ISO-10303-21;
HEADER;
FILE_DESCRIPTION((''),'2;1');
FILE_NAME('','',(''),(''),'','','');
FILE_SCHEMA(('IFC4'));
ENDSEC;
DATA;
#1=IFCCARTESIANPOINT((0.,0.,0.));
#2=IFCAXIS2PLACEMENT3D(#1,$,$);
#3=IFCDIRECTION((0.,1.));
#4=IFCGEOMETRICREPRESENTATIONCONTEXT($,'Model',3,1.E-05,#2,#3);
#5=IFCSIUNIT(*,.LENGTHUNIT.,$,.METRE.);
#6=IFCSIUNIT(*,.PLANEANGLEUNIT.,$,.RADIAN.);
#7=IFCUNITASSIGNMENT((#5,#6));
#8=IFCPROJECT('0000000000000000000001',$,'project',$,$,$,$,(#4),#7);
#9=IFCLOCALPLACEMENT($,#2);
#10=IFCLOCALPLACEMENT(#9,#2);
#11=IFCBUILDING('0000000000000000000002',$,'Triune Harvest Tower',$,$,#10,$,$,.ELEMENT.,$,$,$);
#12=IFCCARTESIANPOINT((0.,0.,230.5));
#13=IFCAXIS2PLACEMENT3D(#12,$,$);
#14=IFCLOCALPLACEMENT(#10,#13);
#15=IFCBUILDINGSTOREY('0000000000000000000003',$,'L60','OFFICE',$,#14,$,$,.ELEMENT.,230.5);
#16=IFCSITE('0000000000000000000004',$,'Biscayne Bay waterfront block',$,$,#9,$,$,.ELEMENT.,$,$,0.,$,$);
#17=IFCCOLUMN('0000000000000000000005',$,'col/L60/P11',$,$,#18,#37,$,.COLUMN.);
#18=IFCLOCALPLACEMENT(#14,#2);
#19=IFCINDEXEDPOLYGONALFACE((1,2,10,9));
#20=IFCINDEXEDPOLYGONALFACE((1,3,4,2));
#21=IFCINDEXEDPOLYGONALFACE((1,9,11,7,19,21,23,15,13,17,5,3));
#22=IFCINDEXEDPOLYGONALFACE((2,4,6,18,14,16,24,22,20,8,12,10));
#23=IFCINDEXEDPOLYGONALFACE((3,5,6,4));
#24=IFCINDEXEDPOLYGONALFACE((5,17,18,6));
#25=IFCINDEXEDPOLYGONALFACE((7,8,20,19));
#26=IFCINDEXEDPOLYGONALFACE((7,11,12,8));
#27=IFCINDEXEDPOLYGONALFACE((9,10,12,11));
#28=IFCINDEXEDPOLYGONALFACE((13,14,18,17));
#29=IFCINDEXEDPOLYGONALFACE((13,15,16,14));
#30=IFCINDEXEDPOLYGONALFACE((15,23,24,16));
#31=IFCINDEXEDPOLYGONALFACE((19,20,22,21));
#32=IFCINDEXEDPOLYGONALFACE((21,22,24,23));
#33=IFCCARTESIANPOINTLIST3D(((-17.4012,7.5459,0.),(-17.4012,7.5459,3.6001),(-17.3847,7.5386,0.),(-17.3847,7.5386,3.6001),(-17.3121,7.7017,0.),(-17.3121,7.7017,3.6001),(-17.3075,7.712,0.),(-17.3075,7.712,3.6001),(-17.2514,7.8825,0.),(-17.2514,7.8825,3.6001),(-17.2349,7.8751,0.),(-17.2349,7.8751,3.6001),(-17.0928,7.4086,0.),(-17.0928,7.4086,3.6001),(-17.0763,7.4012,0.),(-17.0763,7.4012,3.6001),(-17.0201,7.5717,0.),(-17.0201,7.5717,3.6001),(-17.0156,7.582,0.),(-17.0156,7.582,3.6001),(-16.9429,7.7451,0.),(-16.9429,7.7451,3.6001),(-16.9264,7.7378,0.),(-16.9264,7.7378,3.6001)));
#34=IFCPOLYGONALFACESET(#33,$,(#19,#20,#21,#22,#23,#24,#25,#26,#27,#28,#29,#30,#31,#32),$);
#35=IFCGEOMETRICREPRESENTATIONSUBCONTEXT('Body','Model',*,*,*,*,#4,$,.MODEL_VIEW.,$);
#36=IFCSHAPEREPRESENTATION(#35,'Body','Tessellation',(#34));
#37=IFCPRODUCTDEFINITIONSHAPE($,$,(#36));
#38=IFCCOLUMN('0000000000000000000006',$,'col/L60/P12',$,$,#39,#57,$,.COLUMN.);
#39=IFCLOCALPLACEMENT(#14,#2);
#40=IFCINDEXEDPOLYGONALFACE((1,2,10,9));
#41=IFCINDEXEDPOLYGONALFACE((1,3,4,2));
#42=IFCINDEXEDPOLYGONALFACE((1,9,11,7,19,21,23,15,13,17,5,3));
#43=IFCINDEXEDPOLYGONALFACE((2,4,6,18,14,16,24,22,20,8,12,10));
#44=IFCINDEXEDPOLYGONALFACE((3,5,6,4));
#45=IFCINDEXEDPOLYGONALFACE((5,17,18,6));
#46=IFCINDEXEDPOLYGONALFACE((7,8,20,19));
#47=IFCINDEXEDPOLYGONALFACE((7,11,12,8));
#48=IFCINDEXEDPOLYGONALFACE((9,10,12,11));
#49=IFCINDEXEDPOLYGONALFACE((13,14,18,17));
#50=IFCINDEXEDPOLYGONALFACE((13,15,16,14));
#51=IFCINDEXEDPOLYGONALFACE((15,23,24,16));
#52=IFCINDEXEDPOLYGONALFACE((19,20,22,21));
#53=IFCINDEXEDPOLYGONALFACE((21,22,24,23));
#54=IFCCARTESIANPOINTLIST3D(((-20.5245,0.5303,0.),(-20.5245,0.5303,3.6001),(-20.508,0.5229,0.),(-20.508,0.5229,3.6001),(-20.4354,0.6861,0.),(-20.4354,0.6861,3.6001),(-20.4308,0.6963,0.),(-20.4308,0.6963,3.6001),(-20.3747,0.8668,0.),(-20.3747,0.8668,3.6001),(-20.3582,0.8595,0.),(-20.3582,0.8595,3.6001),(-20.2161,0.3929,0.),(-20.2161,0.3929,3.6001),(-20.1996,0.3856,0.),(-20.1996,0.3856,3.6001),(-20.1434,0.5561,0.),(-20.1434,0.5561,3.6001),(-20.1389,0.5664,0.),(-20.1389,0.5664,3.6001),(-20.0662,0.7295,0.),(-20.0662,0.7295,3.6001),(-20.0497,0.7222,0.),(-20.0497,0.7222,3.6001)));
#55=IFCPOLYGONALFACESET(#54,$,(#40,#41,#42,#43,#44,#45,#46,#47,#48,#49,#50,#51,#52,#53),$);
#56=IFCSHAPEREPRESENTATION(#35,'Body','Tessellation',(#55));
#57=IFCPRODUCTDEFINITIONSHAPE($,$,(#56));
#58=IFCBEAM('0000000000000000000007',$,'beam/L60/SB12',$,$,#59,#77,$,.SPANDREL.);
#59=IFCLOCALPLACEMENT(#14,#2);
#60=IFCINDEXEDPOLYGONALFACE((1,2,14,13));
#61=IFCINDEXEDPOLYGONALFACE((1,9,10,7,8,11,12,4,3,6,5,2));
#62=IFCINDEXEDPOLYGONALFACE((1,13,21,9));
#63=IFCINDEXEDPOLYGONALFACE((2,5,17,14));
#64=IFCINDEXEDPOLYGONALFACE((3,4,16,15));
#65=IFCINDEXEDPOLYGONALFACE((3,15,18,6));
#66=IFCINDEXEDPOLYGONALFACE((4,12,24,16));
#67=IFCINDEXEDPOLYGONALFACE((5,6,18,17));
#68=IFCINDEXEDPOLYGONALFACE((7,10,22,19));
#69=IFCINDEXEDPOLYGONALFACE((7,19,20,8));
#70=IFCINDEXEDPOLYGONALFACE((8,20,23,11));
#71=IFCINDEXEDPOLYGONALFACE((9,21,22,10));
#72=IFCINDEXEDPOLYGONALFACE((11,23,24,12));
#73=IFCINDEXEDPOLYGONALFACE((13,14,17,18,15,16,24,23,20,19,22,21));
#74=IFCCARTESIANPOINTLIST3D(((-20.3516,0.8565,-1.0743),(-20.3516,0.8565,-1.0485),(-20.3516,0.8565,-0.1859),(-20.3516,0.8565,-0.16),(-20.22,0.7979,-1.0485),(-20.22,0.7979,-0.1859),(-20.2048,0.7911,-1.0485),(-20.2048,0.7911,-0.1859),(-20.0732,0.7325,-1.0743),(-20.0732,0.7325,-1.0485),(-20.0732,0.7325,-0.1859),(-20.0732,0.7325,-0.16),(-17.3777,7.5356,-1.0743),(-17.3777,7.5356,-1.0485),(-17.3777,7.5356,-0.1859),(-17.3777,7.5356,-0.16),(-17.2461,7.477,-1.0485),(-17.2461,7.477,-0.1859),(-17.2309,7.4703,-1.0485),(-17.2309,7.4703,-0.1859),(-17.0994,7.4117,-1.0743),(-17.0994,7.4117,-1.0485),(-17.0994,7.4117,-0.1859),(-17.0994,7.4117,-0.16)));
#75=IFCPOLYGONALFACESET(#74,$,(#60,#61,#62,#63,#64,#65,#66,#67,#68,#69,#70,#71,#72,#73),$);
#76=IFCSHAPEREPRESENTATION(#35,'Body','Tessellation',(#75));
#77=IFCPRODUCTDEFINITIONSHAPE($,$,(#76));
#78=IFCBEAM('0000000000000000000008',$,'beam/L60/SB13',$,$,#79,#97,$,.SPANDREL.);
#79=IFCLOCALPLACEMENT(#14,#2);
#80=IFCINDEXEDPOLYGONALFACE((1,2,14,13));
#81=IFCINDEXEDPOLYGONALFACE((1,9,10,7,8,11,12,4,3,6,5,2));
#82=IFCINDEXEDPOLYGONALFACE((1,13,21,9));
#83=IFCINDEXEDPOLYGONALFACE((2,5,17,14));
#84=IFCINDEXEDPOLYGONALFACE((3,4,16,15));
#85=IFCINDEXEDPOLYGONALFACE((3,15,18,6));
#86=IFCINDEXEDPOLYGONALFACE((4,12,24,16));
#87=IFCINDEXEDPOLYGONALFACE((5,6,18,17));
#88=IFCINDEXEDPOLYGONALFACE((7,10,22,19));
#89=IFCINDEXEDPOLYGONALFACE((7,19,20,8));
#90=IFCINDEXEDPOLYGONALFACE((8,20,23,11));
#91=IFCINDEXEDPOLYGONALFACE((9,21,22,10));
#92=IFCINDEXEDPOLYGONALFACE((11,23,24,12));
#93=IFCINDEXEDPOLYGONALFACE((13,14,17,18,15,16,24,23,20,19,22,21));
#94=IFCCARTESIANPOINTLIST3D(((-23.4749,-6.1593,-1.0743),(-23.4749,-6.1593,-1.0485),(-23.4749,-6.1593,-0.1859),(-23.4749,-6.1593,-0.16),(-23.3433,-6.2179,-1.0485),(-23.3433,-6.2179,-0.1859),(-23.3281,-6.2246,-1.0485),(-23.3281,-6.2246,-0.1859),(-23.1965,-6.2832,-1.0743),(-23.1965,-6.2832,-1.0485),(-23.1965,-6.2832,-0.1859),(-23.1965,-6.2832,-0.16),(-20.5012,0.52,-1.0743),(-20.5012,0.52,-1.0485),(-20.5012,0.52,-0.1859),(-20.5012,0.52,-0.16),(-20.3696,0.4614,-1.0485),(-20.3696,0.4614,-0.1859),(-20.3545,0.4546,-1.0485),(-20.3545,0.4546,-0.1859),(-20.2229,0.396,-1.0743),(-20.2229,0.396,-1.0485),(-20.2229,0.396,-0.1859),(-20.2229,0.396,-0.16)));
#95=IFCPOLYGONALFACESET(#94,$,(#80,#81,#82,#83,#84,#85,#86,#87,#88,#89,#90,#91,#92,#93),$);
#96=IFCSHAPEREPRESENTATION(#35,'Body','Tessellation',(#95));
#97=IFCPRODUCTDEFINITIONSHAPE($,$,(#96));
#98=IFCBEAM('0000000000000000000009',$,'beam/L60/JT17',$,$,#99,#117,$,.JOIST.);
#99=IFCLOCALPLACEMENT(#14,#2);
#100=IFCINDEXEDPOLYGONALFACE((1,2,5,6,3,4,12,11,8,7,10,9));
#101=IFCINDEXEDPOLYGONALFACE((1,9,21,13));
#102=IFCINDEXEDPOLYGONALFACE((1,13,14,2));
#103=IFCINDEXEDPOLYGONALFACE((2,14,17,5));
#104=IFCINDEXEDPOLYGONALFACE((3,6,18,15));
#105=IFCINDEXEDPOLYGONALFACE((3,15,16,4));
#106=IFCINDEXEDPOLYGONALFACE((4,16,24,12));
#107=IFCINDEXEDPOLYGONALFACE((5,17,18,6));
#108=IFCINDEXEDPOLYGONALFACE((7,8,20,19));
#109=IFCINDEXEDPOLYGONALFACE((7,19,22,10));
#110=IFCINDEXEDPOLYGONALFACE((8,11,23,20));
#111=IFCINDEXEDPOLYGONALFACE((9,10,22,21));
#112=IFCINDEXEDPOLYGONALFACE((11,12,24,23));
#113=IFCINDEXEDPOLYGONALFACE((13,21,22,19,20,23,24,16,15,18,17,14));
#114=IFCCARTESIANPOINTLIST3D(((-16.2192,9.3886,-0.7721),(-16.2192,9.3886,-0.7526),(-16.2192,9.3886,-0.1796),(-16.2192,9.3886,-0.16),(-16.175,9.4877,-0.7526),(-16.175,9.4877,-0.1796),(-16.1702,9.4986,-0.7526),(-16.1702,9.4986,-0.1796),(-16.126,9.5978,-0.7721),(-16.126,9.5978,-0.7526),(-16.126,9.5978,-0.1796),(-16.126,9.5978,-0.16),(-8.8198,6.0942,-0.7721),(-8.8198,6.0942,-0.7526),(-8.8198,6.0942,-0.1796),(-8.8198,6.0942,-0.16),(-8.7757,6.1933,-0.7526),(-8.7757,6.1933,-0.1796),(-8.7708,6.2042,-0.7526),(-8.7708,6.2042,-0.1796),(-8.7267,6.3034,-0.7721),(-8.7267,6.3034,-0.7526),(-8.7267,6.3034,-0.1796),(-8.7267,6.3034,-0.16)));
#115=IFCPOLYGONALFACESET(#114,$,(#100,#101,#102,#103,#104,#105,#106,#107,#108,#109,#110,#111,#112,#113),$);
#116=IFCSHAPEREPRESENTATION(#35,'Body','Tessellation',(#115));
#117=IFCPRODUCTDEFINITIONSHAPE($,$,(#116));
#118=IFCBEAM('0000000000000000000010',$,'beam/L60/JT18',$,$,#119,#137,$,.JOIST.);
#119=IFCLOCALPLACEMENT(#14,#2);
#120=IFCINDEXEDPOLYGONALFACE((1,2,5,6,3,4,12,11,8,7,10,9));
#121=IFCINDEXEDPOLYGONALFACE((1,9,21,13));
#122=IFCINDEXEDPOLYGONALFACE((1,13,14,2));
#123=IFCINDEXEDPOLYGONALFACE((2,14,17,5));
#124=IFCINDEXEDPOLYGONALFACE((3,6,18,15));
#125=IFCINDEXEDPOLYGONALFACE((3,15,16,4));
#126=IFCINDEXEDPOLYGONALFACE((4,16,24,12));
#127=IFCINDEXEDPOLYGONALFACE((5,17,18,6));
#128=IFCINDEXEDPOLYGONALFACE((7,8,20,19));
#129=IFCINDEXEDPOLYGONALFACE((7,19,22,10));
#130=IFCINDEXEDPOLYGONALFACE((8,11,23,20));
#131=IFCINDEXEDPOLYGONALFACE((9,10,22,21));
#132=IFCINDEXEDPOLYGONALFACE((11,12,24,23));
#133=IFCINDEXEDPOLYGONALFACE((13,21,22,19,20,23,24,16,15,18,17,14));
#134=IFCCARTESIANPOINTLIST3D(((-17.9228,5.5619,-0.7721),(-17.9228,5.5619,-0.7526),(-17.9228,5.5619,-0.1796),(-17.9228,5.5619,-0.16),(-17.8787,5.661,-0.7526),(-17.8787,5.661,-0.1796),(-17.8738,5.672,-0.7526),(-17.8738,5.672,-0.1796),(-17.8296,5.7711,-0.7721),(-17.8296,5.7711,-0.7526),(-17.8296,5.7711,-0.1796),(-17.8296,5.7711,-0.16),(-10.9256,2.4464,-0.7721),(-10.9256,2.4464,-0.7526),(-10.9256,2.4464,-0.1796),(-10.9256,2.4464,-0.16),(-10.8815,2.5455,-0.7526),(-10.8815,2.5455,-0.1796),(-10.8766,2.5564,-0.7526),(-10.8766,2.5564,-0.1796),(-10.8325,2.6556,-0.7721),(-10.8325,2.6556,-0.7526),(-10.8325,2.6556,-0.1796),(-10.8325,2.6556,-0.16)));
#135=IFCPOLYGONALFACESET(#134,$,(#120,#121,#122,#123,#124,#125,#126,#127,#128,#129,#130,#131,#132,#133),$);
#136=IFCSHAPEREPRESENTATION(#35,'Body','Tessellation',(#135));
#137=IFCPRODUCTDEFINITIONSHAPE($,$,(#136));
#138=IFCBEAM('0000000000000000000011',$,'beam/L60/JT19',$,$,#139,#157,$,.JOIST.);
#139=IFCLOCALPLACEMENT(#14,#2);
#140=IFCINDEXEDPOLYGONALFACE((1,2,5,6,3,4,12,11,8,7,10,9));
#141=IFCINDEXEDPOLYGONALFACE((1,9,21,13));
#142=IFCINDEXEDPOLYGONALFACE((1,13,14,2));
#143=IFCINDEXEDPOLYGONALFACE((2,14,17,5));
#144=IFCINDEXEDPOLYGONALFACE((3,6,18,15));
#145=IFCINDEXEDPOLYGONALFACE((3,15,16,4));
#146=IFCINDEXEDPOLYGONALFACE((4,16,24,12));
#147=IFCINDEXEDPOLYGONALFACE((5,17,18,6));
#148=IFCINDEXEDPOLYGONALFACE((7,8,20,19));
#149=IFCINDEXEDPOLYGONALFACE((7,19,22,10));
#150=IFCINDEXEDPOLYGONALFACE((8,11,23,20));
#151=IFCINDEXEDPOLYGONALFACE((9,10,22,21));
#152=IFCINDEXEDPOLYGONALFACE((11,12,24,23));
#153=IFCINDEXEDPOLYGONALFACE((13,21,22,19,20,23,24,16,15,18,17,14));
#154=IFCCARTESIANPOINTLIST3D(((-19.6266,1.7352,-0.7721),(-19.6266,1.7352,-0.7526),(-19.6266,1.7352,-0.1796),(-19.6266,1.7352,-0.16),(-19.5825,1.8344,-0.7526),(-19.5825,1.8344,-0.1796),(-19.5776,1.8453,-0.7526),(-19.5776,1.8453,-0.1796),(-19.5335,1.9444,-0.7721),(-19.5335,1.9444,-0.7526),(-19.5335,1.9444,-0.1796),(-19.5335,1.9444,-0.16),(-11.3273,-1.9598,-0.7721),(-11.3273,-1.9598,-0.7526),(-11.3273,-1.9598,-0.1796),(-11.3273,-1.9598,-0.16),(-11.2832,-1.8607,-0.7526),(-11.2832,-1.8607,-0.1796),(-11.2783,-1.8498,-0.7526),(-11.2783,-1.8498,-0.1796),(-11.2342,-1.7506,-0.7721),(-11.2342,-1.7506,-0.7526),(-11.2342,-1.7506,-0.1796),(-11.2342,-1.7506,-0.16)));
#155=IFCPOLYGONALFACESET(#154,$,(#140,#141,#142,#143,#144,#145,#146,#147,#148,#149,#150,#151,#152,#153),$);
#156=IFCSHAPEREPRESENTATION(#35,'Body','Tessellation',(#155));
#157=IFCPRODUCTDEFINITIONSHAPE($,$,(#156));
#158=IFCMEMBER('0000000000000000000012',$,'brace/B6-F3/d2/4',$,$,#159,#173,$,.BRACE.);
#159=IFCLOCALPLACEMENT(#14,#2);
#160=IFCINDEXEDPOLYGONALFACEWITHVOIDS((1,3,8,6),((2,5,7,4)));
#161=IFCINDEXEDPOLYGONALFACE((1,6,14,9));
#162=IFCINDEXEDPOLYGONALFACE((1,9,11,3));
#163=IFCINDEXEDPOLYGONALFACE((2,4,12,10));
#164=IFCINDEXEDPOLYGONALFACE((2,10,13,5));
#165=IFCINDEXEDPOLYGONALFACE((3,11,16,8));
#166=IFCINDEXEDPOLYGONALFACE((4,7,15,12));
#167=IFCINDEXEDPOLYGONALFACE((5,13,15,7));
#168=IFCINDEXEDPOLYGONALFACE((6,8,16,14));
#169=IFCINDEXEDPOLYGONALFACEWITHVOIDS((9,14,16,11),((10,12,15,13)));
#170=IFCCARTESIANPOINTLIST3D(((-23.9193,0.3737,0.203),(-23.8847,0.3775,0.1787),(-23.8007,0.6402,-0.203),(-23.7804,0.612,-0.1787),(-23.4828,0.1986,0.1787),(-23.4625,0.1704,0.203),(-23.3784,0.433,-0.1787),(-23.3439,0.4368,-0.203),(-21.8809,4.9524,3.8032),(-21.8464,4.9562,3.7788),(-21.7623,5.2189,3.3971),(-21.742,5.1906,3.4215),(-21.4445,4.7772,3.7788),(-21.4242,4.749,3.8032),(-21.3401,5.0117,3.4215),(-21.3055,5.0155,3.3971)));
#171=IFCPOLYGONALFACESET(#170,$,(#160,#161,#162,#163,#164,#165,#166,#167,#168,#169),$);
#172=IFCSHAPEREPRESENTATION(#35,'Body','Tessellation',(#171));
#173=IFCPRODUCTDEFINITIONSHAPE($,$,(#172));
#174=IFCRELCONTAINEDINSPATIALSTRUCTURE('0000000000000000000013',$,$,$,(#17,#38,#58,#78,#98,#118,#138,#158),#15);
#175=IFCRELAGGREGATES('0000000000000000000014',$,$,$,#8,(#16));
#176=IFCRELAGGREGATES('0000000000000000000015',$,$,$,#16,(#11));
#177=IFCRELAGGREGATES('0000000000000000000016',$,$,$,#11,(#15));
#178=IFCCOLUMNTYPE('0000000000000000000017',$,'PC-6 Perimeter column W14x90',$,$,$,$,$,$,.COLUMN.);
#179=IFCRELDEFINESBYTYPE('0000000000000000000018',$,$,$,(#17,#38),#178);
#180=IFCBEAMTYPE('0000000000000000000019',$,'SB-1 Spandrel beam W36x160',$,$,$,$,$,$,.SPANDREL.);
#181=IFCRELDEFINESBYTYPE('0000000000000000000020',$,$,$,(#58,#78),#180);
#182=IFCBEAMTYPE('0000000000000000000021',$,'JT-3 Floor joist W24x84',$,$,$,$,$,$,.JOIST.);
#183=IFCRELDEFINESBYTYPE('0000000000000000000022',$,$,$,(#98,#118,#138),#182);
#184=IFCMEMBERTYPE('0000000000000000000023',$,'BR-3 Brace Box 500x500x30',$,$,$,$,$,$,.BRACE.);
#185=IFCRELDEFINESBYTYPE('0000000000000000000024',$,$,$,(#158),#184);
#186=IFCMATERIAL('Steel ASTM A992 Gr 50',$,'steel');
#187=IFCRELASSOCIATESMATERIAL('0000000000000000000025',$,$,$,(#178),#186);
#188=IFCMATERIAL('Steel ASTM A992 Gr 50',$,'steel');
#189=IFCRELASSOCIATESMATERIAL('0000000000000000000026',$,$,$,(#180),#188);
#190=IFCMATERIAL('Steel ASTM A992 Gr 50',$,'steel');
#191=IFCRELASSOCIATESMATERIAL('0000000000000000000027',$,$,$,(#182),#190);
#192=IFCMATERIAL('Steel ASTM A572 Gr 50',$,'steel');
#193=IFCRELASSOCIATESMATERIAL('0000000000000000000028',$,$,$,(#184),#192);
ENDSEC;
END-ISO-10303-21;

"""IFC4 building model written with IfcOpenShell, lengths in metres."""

from ifc_helpers import new_model, si_unit, direction, frame, origin, origin_2d, place, context, subcontext, project, spatial, hollow_rectangle, i_section, extrude, source, transform, mapped, material, material_profile, profile_set, type_object, element, save


model = new_model("IFC4")

# Units and contexts
model_context = context("Model", 3, precision=1e-05, world=origin(), true_north=direction((0.0, 1.0)))
body_context = subcontext(model_context, "Body", "Model", "MODEL_VIEW")
ifc_project = project(units=[si_unit("LENGTHUNIT", "METRE"), si_unit("PLANEANGLEUNIT", "RADIAN")], contexts=[model_context])

# Site, building, storey
site_placement = place(None, origin())
site = spatial("IfcSite", under=ifc_project, at=site_placement, Name="Biscayne Bay waterfront block", CompositionType="ELEMENT", RefElevation=0.0)
building_placement = place(site_placement, origin())
building = spatial("IfcBuilding", under=site, at=building_placement, Name="Triune Harvest Tower", CompositionType="ELEMENT")
storey_placement = place(building_placement, frame((0.0, 0.0, 230.5)))
storey = spatial("IfcBuildingStorey", under=building, at=storey_placement, Name="L60", Description="OFFICE", CompositionType="ELEMENT", Elevation=230.5)

# Columns
ifc_material_1 = material(Name="Steel ASTM A992 Gr 50", Category="steel")
ifc_material_profile_1 = material_profile(ifc_material_1, i_section(OverallWidth=0.3684, OverallDepth=0.3557, WebThickness=0.0112, FlangeThickness=0.0181, at=origin_2d()), Name="W14x90")
ifc_profile_set_1 = profile_set([ifc_material_profile_1], Name="Steel ASTM A992 Gr 50")
column_type = type_object("IfcColumnType", Name="PC-6 Perimeter column W14x90", PredefinedType="COLUMN", material=ifc_profile_set_1)
shared_shape_1 = source(origin(), body_context, "Body", "SweptSolid", [
    extrude(i_section(OverallWidth=0.3684, OverallDepth=0.3557, WebThickness=0.0112, FlangeThickness=0.0181, at=origin_2d()), origin(), (0.0, 0.0, 1.0), 3.6001),
])
for number, where, z_axis, x_axis, name in (
    (1, (-17.1638, 7.6418, 0.0), (0.0, 0.0, 1.0), (-0.406738, -0.913545, 0.0), "col/L60/P11"),
    (2, (-20.2871, 0.6262, 0.0), (0.0, 0.0, 1.0), (-0.406738, -0.913545, 0.0), "col/L60/P12"),
):
    element("IfcColumn", number, at=place(storey_placement, frame(where, z_axis=z_axis, x_axis=x_axis)), inside=storey, type_object=column_type, Name=name, PredefinedType="COLUMN", context=body_context, shape_type="MappedRepresentation", body=[
        mapped(shared_shape_1, transform((0.0, 0.0, 0.0), scale=1.0)),
    ])

# Beams
ifc_material_2 = material(Name="Steel ASTM A992 Gr 50", Category="steel")
ifc_material_profile_2 = material_profile(ifc_material_2, i_section(OverallWidth=0.3047, OverallDepth=0.9143, WebThickness=0.0166, FlangeThickness=0.0259, at=origin_2d()), Name="W36x160")
ifc_profile_set_2 = profile_set([ifc_material_profile_2], Name="Steel ASTM A992 Gr 50")
beam_type_1 = type_object("IfcBeamType", Name="SB-1 Spandrel beam W36x160", PredefinedType="SPANDREL", material=ifc_profile_set_2)
shared_shape_2 = source(origin(), body_context, "Body", "SweptSolid", [
    extrude(i_section(OverallWidth=0.3047, OverallDepth=0.9143, WebThickness=0.0166, FlangeThickness=0.0259, at=origin_2d()), origin(), (0.0, 0.0, 1.0), 7.3113),
])
for number, where, z_axis, x_axis, name in (
    (3, (-17.2385, 7.4736, -0.6172), (-0.406749, -0.91354, 0.0), (0.91354, -0.406749, 0.0), "beam/L60/SB12"),
    (4, (-20.3621, 0.458, -0.6172), (-0.406721, -0.913552, 0.0), (0.913552, -0.406721, 0.0), "beam/L60/SB13"),
):
    element("IfcBeam", number, at=place(storey_placement, frame(where, z_axis=z_axis, x_axis=x_axis)), inside=storey, type_object=beam_type_1, Name=name, PredefinedType="SPANDREL", context=body_context, shape_type="MappedRepresentation", body=[
        mapped(shared_shape_2, transform((0.0, 0.0, 0.0), scale=1.0)),
    ])
ifc_material_3 = material(Name="Steel ASTM A992 Gr 50", Category="steel")
ifc_material_profile_3 = material_profile(ifc_material_3, i_section(OverallWidth=0.229, OverallDepth=0.6121, WebThickness=0.012, FlangeThickness=0.0195, at=origin_2d()), Name="W24x84")
ifc_profile_set_3 = profile_set([ifc_material_profile_3], Name="Steel ASTM A992 Gr 50")
beam_type_2 = type_object("IfcBeamType", Name="JT-3 Floor joist W24x84", PredefinedType="JOIST", material=ifc_profile_set_3)
shared_shape_3 = source(origin(), body_context, "Body", "SweptSolid", [
    extrude(i_section(OverallWidth=0.229, OverallDepth=0.6121, WebThickness=0.012, FlangeThickness=0.0195, at=origin_2d()), origin(), (0.0, 0.0, 1.0), 8.0996),
])
beam_1_placement = place(storey_placement, frame((-16.1726, 9.4932, -0.4661), z_axis=(0.913545, -0.406737, 0.0), x_axis=(0.406737, 0.913545, 0.0)))
element("IfcBeam", 5, at=beam_1_placement, inside=storey, type_object=beam_type_2, Name="beam/L60/JT17", PredefinedType="JOIST", context=body_context, shape_type="MappedRepresentation", body=[
    mapped(shared_shape_3, transform((0.0, 0.0, 0.0), scale=1.0)),
])
shared_shape_4 = source(origin(), body_context, "Body", "SweptSolid", [
    extrude(i_section(OverallWidth=0.229, OverallDepth=0.6121, WebThickness=0.012, FlangeThickness=0.0195, at=origin_2d()), origin(), (0.0, 0.0, 1.0), 7.6594),
])
beam_2_placement = place(storey_placement, frame((-17.8762, 5.6665, -0.4661), z_axis=(0.913537, -0.406756, 0.0), x_axis=(0.406756, 0.913537, 0.0)))
element("IfcBeam", 6, at=beam_2_placement, inside=storey, type_object=beam_type_2, Name="beam/L60/JT18", PredefinedType="JOIST", context=body_context, shape_type="MappedRepresentation", body=[
    mapped(shared_shape_4, transform((0.0, 0.0, 0.0), scale=1.0)),
])
shared_shape_5 = source(origin(), body_context, "Body", "SweptSolid", [
    extrude(i_section(OverallWidth=0.229, OverallDepth=0.6121, WebThickness=0.012, FlangeThickness=0.0195, at=origin_2d()), origin(), (0.0, 0.0, 1.0), 9.0847),
])
beam_3_placement = place(storey_placement, frame((-19.5801, 1.8398, -0.4661), z_axis=(0.913546, -0.406734, 0.0), x_axis=(0.406734, 0.913546, 0.0)))
element("IfcBeam", 7, at=beam_3_placement, inside=storey, type_object=beam_type_2, Name="beam/L60/JT19", PredefinedType="JOIST", context=body_context, shape_type="MappedRepresentation", body=[
    mapped(shared_shape_5, transform((0.0, 0.0, 0.0), scale=1.0)),
])

# Member
ifc_material_4 = material(Name="Steel ASTM A572 Gr 50", Category="steel")
ifc_material_profile_4 = material_profile(ifc_material_4, hollow_rectangle(XDim=0.5, YDim=0.5, WallThickness=0.03, at=origin_2d()), Name="Box 500x500x30")
ifc_profile_set_4 = profile_set([ifc_material_profile_4], Name="Steel ASTM A572 Gr 50")
member_type_1 = type_object("IfcMemberType", Name="BR-3 Brace Box 500x500x30", PredefinedType="BRACE", material=ifc_profile_set_4)
shared_shape_6 = source(origin(), body_context, "Body", "SweptSolid", [
    extrude(hollow_rectangle(XDim=0.5, YDim=0.5, WallThickness=0.03, at=origin_2d()), origin(), (0.0, 0.0, 1.0), 6.1709),
])
member_1_placement = place(storey_placement, frame((-23.6316, 0.4053, 0.0), z_axis=(0.330317, 0.741976, 0.583405), x_axis=(-0.91356, 0.406703, 0.0)))
element("IfcMember", 8, at=member_1_placement, inside=storey, type_object=member_type_1, Name="brace/B6-F3/d2/4", PredefinedType="BRACE", context=body_context, shape_type="MappedRepresentation", body=[
    mapped(shared_shape_6, transform((0.0, 0.0, 0.0), scale=1.0)),
])

save(model, "model.ifc")
